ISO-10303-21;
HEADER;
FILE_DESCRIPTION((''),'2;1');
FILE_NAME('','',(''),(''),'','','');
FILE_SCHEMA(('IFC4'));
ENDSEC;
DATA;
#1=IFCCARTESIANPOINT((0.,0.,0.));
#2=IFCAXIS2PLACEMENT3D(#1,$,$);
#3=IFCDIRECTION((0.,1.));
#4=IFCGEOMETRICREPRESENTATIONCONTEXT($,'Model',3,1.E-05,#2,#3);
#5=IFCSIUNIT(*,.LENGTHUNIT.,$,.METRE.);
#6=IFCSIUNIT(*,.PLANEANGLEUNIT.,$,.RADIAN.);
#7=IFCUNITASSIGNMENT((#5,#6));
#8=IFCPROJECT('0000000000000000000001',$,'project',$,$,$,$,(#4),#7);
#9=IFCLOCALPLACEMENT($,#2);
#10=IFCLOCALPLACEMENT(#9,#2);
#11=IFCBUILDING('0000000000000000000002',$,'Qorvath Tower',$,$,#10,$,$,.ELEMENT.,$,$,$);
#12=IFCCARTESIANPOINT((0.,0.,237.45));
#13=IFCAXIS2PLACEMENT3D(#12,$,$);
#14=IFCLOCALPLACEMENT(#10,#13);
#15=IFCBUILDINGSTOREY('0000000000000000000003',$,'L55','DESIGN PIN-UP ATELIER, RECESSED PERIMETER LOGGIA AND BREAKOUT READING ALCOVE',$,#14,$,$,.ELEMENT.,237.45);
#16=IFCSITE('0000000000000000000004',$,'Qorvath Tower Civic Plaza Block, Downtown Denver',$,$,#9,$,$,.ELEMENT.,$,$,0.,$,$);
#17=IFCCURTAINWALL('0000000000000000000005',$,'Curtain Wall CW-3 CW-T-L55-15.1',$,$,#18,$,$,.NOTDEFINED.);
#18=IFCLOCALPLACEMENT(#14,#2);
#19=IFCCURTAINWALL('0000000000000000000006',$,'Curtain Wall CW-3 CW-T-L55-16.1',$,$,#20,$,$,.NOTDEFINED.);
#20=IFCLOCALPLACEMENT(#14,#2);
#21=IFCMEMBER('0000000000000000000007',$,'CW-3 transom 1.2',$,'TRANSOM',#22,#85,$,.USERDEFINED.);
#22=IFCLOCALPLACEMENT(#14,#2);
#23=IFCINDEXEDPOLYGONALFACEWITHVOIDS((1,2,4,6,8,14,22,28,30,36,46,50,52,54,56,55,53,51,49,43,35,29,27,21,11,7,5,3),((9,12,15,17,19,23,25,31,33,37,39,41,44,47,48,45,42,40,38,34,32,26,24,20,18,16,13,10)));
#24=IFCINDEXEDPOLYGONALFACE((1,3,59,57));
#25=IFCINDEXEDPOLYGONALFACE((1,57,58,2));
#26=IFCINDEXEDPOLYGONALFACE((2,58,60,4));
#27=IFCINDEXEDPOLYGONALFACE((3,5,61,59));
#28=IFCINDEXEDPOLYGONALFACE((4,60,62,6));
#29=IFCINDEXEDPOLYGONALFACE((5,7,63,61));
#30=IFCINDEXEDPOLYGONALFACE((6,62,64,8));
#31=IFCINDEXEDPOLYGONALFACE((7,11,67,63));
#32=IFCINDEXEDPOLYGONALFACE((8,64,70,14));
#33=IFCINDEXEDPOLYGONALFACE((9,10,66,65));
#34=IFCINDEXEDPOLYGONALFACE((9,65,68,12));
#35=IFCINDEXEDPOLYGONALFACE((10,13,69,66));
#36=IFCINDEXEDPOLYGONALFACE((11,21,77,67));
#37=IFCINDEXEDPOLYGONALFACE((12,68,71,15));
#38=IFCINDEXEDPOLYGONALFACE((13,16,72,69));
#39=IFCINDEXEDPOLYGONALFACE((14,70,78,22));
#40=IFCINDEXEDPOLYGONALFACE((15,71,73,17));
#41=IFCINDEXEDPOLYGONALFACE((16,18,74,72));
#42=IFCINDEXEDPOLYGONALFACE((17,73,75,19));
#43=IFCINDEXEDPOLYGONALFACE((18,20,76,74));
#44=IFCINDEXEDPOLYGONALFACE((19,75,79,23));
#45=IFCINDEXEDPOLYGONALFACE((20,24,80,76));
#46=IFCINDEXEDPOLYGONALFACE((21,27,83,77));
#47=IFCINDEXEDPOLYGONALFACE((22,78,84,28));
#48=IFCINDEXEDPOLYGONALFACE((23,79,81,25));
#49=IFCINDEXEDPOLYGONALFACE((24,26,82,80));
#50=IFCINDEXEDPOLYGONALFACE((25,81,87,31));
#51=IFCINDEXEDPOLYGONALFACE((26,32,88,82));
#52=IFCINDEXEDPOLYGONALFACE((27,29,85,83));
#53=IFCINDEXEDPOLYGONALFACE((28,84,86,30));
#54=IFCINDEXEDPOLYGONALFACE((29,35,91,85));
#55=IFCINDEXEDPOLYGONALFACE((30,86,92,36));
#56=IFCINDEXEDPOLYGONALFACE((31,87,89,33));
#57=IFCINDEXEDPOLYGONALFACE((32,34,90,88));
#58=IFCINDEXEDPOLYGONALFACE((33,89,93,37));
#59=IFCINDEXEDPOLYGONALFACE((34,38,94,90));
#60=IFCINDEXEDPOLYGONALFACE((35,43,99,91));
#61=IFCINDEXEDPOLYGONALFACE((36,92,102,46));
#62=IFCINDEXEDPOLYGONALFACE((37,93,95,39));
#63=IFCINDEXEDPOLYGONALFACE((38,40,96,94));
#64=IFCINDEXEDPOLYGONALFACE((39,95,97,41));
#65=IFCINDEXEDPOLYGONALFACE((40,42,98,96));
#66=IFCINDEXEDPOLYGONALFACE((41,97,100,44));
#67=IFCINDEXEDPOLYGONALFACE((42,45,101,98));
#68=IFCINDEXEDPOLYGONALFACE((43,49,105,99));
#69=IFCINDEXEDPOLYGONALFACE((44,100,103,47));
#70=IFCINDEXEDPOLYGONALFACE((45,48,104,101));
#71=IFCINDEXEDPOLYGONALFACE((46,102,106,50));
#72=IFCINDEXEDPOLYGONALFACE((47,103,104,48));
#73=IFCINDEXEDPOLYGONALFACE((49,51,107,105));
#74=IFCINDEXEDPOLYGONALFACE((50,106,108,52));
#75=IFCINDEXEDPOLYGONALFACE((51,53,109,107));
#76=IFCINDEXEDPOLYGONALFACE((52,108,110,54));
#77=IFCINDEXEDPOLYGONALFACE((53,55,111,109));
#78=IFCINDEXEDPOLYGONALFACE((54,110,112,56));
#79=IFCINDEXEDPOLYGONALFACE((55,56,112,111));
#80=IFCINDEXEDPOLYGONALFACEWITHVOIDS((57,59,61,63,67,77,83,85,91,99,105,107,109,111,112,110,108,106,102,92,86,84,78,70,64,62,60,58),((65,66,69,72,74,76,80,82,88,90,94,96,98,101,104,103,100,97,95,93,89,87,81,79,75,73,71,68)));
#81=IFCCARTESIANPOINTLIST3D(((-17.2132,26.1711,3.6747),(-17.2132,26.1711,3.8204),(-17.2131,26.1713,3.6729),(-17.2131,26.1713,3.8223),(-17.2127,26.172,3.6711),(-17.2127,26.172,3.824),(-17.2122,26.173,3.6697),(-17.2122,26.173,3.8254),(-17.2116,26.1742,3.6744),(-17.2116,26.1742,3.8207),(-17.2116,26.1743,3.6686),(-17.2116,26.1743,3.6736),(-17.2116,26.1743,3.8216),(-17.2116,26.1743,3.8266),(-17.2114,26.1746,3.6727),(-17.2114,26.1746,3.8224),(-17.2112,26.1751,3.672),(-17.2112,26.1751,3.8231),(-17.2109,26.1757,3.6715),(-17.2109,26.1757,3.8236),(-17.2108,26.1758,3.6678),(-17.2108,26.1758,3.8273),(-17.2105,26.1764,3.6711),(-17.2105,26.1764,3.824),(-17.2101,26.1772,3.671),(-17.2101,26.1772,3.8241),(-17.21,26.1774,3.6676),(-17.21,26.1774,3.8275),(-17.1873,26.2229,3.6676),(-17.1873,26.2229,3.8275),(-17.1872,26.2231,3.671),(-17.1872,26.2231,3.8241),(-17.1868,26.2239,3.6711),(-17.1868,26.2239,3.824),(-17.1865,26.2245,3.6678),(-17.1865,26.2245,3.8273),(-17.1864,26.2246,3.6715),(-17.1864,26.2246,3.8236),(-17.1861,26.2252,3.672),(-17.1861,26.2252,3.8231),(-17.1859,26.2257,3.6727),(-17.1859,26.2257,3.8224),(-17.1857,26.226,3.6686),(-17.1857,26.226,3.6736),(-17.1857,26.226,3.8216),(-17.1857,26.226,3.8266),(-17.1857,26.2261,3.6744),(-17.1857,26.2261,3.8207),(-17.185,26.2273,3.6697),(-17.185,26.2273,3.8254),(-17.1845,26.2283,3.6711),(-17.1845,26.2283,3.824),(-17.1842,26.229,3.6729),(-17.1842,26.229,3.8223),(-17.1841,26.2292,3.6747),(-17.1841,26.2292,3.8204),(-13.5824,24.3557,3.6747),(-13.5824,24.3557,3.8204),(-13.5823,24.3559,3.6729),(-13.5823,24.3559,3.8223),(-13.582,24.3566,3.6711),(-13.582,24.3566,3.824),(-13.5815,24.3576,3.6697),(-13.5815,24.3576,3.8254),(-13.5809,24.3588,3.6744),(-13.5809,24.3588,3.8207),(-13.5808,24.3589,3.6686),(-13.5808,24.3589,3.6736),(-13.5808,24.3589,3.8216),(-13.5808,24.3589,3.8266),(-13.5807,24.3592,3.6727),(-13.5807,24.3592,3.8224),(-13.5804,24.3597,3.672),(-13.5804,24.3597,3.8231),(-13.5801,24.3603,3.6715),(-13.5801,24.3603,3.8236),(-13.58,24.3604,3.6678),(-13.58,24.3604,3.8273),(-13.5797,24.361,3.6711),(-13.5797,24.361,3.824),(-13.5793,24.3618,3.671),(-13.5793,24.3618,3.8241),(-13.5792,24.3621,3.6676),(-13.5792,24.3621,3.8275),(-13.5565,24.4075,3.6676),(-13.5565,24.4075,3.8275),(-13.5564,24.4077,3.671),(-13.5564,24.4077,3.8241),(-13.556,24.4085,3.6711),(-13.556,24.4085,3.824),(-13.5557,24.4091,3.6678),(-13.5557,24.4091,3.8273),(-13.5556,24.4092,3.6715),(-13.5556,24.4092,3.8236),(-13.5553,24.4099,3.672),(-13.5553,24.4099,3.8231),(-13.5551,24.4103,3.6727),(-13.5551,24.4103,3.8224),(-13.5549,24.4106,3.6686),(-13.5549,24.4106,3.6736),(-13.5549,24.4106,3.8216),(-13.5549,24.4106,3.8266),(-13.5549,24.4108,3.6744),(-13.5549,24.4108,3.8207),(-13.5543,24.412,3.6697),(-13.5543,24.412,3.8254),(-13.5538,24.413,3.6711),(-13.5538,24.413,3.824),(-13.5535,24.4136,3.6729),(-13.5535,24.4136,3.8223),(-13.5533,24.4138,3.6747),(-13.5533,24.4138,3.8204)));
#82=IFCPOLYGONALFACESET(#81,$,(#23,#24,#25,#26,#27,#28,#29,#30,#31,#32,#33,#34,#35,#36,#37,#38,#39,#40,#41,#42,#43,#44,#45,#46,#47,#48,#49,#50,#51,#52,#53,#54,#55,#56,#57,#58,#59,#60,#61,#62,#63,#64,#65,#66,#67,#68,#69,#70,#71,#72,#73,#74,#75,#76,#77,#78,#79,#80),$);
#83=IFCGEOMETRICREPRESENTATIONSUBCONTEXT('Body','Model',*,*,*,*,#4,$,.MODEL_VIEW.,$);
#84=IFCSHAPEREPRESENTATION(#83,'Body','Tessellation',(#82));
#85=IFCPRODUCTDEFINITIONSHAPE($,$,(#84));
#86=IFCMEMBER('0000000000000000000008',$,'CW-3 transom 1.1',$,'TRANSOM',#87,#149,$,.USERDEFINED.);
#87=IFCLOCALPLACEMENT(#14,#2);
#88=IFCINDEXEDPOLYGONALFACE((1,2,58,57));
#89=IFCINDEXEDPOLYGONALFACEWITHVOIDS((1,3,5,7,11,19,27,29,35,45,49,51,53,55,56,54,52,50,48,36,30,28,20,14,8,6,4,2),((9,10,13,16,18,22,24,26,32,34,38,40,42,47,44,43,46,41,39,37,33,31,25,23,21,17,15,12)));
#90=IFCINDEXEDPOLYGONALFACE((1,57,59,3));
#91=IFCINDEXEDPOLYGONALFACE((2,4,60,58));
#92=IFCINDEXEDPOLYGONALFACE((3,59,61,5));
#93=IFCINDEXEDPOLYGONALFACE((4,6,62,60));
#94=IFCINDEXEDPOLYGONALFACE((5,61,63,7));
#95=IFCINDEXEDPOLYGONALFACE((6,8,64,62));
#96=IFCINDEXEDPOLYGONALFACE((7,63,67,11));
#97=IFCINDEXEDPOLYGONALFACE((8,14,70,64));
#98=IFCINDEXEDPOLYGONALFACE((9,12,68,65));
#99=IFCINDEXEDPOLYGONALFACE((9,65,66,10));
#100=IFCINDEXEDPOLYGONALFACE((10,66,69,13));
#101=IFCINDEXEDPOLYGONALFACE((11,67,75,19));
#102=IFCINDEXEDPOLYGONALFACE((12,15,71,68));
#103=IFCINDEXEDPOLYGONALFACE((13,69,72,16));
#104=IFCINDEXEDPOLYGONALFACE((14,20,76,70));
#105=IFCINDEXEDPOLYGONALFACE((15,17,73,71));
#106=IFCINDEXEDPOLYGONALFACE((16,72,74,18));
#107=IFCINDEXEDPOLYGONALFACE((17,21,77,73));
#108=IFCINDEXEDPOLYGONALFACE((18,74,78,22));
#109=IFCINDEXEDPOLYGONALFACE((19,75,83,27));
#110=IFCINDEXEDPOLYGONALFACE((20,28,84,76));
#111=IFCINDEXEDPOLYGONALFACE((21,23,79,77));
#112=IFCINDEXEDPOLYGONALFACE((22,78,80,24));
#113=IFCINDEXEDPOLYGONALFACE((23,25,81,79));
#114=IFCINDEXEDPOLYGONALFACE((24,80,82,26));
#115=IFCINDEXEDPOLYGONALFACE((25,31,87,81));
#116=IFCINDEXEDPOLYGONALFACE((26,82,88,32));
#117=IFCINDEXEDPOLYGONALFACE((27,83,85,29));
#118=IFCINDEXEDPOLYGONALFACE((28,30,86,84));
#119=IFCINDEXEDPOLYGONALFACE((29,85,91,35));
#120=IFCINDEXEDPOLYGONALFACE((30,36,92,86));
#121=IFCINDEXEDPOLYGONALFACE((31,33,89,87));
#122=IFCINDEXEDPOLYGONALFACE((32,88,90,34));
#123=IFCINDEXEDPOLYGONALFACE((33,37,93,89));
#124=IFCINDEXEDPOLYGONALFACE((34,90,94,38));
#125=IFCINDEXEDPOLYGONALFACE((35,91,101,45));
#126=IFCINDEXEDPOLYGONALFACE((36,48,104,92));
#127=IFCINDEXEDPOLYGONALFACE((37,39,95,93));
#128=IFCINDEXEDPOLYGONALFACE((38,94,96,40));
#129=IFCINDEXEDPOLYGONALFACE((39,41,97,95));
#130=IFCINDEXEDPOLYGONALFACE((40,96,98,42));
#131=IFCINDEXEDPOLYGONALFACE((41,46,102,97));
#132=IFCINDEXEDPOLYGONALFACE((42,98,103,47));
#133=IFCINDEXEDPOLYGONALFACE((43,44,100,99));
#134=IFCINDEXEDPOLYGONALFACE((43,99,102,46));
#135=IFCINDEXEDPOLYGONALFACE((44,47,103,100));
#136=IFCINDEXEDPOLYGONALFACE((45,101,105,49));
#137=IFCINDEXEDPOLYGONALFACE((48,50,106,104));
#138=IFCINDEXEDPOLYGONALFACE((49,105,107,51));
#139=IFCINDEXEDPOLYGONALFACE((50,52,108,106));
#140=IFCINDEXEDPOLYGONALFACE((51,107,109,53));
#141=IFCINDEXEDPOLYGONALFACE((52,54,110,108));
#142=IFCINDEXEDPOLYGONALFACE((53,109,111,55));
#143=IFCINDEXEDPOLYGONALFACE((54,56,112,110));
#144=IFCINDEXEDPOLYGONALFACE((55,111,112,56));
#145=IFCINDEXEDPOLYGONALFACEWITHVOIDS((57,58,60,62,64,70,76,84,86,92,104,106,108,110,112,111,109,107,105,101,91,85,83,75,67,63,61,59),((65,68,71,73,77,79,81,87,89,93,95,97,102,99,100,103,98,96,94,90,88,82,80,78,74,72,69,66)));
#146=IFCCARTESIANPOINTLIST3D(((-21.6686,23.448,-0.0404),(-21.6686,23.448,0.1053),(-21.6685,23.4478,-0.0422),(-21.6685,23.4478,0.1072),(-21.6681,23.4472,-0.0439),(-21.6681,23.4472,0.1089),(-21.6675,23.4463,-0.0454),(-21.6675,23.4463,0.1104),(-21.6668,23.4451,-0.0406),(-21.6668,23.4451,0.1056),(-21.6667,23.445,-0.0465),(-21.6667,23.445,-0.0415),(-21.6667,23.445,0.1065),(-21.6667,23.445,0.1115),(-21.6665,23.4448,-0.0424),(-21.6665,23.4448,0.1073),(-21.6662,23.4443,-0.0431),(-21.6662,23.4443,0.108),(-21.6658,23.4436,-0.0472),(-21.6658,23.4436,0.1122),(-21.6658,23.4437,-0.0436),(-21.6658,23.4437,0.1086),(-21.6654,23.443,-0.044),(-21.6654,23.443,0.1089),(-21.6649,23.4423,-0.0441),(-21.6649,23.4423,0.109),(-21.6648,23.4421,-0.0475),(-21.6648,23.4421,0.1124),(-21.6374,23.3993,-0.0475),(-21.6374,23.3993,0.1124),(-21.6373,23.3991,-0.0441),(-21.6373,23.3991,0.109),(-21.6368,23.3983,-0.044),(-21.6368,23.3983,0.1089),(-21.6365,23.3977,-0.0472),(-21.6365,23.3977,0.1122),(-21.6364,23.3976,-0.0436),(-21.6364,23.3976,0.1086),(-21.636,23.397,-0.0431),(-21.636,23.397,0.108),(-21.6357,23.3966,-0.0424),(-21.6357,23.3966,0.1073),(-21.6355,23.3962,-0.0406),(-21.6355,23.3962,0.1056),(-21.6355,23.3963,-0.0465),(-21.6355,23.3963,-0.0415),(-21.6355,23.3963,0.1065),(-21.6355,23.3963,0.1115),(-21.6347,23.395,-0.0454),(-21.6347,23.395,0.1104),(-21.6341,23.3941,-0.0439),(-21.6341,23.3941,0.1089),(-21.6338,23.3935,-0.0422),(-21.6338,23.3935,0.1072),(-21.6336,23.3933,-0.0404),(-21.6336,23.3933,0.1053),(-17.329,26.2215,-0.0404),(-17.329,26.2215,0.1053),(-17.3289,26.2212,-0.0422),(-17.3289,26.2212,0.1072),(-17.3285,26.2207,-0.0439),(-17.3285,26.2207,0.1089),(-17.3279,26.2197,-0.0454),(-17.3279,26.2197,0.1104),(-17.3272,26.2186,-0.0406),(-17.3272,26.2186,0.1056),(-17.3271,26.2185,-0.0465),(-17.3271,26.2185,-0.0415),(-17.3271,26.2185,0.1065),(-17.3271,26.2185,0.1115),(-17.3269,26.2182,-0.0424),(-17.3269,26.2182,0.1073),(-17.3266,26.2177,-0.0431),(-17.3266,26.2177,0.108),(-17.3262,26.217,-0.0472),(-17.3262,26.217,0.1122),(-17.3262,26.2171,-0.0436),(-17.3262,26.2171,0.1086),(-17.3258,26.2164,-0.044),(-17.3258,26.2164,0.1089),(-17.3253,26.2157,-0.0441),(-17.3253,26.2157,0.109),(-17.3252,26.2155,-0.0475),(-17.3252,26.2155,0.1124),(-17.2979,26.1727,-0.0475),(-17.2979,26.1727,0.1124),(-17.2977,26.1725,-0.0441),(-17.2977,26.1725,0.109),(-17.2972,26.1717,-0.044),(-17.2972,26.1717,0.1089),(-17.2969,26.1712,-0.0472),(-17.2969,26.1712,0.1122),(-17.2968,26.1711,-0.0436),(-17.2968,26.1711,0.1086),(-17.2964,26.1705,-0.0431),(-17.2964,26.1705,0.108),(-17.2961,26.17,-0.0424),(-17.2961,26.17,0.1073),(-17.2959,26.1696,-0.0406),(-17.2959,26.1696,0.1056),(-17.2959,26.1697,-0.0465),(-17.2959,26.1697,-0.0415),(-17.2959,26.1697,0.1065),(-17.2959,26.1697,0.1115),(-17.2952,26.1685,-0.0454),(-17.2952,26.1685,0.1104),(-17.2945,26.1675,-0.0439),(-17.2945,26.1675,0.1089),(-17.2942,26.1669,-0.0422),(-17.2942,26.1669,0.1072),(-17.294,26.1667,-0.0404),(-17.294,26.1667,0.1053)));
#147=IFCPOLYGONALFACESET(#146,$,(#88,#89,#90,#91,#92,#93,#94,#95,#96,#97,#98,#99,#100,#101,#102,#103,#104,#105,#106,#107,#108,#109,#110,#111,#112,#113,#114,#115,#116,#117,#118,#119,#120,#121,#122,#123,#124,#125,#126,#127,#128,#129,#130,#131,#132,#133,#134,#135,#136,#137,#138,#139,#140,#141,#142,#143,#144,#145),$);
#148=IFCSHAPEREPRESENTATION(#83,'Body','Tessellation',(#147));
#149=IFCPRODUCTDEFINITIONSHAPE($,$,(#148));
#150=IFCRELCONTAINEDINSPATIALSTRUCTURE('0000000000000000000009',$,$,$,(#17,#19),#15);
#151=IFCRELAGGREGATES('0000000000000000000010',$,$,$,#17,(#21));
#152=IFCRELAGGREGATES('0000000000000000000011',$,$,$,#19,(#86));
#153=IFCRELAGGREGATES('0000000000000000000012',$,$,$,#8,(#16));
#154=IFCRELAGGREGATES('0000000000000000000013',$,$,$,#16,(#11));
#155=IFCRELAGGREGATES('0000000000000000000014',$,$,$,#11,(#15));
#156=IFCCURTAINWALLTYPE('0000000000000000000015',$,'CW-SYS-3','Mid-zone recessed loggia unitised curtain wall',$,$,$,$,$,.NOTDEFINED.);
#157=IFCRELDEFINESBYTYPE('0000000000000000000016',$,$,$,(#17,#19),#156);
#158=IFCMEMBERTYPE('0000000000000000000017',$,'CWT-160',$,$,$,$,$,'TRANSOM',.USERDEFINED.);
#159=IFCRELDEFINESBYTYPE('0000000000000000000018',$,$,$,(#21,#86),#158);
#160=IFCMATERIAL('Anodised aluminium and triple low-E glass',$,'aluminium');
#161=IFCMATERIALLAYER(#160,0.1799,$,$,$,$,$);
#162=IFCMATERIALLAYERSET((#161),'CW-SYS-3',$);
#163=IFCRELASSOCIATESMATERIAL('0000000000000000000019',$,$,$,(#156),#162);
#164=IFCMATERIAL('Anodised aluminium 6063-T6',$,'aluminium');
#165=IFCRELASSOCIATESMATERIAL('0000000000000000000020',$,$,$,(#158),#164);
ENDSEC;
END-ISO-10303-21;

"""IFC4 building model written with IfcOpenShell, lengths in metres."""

from ifc_helpers import new_model, si_unit, direction, frame, origin, origin_2d, place, context, subcontext, project, spatial, hollow_rectangle, extrude, material, layer, layer_set, material_profile, profile_set, type_object, element, aggregate, save


model = new_model("IFC4")

# Units and contexts
model_context = context("Model", 3, precision=1e-05, world=origin(), true_north=direction((0.0, 1.0)))
body_context = subcontext(model_context, "Body", "Model", "MODEL_VIEW")
ifc_project = project(units=[si_unit("LENGTHUNIT", "METRE"), si_unit("PLANEANGLEUNIT", "RADIAN")], contexts=[model_context])

# Site, building, storey
site_placement = place(None, origin())
site = spatial("IfcSite", under=ifc_project, at=site_placement, Name="Qorvath Tower Civic Plaza Block, Downtown Denver", CompositionType="ELEMENT", RefElevation=0.0)
building_placement = place(site_placement, origin())
building = spatial("IfcBuilding", under=site, at=building_placement, Name="Qorvath Tower", CompositionType="ELEMENT")
storey_placement = place(building_placement, frame((0.0, 0.0, 237.45)))
storey = spatial("IfcBuildingStorey", under=building, at=storey_placement, Name="L55", Description="DESIGN PIN-UP ATELIER, RECESSED PERIMETER LOGGIA AND BREAKOUT READING ALCOVE", CompositionType="ELEMENT", Elevation=237.45)

# Shared definitions
ifc_material_1 = material(Name="Anodised aluminium and triple low-E glass", Category="aluminium")
ifc_layer_1 = layer(ifc_material_1, 0.1799)
ifc_layer_set_1 = layer_set([ifc_layer_1], Name="CW-SYS-3")
curtain_wall_type = type_object("IfcCurtainWallType", Name="CW-SYS-3", Description="Mid-zone recessed loggia unitised curtain wall", PredefinedType="NOTDEFINED", material=ifc_layer_set_1)

# Curtain wall
curtain_wall_1_placement = place(storey_placement, origin())
curtain_wall_1 = element("IfcCurtainWall", 1, at=curtain_wall_1_placement, inside=storey, type_object=curtain_wall_type, Name="Curtain Wall CW-3 CW-T-L55-15.1", PredefinedType="NOTDEFINED")

# Curtain wall
curtain_wall_2_placement = place(storey_placement, origin())
curtain_wall_2 = element("IfcCurtainWall", 2, at=curtain_wall_2_placement, inside=storey, type_object=curtain_wall_type, Name="Curtain Wall CW-3 CW-T-L55-16.1", PredefinedType="NOTDEFINED")

# Members
ifc_material_2 = material(Name="Anodised aluminium 6063-T6", Category="aluminium")
ifc_material_profile_1 = material_profile(ifc_material_2, hollow_rectangle(XDim=0.0649, YDim=0.1599, WallThickness=0.0034, InnerFilletRadius=0.0034, OuterFilletRadius=0.0071, at=origin_2d()), Name="CWT 160x65")
ifc_profile_set_1 = profile_set([ifc_material_profile_1], Name="Anodised aluminium 6063-T6")
member_type_1 = type_object("IfcMemberType", Name="CWT-160", ElementType="TRANSOM", PredefinedType="USERDEFINED", material=ifc_profile_set_1)
member_1_placement = place(storey_placement, frame((-13.5679, 24.3848, 3.7476), z_axis=(-0.894427, 0.447214, 0.0), x_axis=(-0.447214, -0.894427, 0.0)))
member_1 = element("IfcMember", 3, at=member_1_placement, type_object=member_type_1, Name="CW-3 transom 1.2", ObjectType="TRANSOM", PredefinedType="USERDEFINED", context=body_context, shape_type="SweptSolid", body=[
    extrude(hollow_rectangle(XDim=0.0649, YDim=0.1599, WallThickness=0.0034, InnerFilletRadius=0.0034, OuterFilletRadius=0.0071, at=origin_2d()), origin(), (0.0, 0.0, 1.0), 4.0593),
])
member_2_placement = place(storey_placement, frame((-17.3115, 26.1941, 0.0325), z_axis=(-0.842616, -0.538516, 0.0), x_axis=(0.538516, -0.842616, 0.0)))
member_2 = element("IfcMember", 4, at=member_2_placement, type_object=member_type_1, Name="CW-3 transom 1.1", ObjectType="TRANSOM", PredefinedType="USERDEFINED", context=body_context, shape_type="SweptSolid", body=[
    extrude(hollow_rectangle(XDim=0.0649, YDim=0.1599, WallThickness=0.0034, InnerFilletRadius=0.0034, OuterFilletRadius=0.0071, at=origin_2d()), origin(), (0.0, 0.0, 1.0), 5.1501),
])

aggregate(curtain_wall_1, [member_1])
aggregate(curtain_wall_2, [member_2])

save(model, "model.ifc")
